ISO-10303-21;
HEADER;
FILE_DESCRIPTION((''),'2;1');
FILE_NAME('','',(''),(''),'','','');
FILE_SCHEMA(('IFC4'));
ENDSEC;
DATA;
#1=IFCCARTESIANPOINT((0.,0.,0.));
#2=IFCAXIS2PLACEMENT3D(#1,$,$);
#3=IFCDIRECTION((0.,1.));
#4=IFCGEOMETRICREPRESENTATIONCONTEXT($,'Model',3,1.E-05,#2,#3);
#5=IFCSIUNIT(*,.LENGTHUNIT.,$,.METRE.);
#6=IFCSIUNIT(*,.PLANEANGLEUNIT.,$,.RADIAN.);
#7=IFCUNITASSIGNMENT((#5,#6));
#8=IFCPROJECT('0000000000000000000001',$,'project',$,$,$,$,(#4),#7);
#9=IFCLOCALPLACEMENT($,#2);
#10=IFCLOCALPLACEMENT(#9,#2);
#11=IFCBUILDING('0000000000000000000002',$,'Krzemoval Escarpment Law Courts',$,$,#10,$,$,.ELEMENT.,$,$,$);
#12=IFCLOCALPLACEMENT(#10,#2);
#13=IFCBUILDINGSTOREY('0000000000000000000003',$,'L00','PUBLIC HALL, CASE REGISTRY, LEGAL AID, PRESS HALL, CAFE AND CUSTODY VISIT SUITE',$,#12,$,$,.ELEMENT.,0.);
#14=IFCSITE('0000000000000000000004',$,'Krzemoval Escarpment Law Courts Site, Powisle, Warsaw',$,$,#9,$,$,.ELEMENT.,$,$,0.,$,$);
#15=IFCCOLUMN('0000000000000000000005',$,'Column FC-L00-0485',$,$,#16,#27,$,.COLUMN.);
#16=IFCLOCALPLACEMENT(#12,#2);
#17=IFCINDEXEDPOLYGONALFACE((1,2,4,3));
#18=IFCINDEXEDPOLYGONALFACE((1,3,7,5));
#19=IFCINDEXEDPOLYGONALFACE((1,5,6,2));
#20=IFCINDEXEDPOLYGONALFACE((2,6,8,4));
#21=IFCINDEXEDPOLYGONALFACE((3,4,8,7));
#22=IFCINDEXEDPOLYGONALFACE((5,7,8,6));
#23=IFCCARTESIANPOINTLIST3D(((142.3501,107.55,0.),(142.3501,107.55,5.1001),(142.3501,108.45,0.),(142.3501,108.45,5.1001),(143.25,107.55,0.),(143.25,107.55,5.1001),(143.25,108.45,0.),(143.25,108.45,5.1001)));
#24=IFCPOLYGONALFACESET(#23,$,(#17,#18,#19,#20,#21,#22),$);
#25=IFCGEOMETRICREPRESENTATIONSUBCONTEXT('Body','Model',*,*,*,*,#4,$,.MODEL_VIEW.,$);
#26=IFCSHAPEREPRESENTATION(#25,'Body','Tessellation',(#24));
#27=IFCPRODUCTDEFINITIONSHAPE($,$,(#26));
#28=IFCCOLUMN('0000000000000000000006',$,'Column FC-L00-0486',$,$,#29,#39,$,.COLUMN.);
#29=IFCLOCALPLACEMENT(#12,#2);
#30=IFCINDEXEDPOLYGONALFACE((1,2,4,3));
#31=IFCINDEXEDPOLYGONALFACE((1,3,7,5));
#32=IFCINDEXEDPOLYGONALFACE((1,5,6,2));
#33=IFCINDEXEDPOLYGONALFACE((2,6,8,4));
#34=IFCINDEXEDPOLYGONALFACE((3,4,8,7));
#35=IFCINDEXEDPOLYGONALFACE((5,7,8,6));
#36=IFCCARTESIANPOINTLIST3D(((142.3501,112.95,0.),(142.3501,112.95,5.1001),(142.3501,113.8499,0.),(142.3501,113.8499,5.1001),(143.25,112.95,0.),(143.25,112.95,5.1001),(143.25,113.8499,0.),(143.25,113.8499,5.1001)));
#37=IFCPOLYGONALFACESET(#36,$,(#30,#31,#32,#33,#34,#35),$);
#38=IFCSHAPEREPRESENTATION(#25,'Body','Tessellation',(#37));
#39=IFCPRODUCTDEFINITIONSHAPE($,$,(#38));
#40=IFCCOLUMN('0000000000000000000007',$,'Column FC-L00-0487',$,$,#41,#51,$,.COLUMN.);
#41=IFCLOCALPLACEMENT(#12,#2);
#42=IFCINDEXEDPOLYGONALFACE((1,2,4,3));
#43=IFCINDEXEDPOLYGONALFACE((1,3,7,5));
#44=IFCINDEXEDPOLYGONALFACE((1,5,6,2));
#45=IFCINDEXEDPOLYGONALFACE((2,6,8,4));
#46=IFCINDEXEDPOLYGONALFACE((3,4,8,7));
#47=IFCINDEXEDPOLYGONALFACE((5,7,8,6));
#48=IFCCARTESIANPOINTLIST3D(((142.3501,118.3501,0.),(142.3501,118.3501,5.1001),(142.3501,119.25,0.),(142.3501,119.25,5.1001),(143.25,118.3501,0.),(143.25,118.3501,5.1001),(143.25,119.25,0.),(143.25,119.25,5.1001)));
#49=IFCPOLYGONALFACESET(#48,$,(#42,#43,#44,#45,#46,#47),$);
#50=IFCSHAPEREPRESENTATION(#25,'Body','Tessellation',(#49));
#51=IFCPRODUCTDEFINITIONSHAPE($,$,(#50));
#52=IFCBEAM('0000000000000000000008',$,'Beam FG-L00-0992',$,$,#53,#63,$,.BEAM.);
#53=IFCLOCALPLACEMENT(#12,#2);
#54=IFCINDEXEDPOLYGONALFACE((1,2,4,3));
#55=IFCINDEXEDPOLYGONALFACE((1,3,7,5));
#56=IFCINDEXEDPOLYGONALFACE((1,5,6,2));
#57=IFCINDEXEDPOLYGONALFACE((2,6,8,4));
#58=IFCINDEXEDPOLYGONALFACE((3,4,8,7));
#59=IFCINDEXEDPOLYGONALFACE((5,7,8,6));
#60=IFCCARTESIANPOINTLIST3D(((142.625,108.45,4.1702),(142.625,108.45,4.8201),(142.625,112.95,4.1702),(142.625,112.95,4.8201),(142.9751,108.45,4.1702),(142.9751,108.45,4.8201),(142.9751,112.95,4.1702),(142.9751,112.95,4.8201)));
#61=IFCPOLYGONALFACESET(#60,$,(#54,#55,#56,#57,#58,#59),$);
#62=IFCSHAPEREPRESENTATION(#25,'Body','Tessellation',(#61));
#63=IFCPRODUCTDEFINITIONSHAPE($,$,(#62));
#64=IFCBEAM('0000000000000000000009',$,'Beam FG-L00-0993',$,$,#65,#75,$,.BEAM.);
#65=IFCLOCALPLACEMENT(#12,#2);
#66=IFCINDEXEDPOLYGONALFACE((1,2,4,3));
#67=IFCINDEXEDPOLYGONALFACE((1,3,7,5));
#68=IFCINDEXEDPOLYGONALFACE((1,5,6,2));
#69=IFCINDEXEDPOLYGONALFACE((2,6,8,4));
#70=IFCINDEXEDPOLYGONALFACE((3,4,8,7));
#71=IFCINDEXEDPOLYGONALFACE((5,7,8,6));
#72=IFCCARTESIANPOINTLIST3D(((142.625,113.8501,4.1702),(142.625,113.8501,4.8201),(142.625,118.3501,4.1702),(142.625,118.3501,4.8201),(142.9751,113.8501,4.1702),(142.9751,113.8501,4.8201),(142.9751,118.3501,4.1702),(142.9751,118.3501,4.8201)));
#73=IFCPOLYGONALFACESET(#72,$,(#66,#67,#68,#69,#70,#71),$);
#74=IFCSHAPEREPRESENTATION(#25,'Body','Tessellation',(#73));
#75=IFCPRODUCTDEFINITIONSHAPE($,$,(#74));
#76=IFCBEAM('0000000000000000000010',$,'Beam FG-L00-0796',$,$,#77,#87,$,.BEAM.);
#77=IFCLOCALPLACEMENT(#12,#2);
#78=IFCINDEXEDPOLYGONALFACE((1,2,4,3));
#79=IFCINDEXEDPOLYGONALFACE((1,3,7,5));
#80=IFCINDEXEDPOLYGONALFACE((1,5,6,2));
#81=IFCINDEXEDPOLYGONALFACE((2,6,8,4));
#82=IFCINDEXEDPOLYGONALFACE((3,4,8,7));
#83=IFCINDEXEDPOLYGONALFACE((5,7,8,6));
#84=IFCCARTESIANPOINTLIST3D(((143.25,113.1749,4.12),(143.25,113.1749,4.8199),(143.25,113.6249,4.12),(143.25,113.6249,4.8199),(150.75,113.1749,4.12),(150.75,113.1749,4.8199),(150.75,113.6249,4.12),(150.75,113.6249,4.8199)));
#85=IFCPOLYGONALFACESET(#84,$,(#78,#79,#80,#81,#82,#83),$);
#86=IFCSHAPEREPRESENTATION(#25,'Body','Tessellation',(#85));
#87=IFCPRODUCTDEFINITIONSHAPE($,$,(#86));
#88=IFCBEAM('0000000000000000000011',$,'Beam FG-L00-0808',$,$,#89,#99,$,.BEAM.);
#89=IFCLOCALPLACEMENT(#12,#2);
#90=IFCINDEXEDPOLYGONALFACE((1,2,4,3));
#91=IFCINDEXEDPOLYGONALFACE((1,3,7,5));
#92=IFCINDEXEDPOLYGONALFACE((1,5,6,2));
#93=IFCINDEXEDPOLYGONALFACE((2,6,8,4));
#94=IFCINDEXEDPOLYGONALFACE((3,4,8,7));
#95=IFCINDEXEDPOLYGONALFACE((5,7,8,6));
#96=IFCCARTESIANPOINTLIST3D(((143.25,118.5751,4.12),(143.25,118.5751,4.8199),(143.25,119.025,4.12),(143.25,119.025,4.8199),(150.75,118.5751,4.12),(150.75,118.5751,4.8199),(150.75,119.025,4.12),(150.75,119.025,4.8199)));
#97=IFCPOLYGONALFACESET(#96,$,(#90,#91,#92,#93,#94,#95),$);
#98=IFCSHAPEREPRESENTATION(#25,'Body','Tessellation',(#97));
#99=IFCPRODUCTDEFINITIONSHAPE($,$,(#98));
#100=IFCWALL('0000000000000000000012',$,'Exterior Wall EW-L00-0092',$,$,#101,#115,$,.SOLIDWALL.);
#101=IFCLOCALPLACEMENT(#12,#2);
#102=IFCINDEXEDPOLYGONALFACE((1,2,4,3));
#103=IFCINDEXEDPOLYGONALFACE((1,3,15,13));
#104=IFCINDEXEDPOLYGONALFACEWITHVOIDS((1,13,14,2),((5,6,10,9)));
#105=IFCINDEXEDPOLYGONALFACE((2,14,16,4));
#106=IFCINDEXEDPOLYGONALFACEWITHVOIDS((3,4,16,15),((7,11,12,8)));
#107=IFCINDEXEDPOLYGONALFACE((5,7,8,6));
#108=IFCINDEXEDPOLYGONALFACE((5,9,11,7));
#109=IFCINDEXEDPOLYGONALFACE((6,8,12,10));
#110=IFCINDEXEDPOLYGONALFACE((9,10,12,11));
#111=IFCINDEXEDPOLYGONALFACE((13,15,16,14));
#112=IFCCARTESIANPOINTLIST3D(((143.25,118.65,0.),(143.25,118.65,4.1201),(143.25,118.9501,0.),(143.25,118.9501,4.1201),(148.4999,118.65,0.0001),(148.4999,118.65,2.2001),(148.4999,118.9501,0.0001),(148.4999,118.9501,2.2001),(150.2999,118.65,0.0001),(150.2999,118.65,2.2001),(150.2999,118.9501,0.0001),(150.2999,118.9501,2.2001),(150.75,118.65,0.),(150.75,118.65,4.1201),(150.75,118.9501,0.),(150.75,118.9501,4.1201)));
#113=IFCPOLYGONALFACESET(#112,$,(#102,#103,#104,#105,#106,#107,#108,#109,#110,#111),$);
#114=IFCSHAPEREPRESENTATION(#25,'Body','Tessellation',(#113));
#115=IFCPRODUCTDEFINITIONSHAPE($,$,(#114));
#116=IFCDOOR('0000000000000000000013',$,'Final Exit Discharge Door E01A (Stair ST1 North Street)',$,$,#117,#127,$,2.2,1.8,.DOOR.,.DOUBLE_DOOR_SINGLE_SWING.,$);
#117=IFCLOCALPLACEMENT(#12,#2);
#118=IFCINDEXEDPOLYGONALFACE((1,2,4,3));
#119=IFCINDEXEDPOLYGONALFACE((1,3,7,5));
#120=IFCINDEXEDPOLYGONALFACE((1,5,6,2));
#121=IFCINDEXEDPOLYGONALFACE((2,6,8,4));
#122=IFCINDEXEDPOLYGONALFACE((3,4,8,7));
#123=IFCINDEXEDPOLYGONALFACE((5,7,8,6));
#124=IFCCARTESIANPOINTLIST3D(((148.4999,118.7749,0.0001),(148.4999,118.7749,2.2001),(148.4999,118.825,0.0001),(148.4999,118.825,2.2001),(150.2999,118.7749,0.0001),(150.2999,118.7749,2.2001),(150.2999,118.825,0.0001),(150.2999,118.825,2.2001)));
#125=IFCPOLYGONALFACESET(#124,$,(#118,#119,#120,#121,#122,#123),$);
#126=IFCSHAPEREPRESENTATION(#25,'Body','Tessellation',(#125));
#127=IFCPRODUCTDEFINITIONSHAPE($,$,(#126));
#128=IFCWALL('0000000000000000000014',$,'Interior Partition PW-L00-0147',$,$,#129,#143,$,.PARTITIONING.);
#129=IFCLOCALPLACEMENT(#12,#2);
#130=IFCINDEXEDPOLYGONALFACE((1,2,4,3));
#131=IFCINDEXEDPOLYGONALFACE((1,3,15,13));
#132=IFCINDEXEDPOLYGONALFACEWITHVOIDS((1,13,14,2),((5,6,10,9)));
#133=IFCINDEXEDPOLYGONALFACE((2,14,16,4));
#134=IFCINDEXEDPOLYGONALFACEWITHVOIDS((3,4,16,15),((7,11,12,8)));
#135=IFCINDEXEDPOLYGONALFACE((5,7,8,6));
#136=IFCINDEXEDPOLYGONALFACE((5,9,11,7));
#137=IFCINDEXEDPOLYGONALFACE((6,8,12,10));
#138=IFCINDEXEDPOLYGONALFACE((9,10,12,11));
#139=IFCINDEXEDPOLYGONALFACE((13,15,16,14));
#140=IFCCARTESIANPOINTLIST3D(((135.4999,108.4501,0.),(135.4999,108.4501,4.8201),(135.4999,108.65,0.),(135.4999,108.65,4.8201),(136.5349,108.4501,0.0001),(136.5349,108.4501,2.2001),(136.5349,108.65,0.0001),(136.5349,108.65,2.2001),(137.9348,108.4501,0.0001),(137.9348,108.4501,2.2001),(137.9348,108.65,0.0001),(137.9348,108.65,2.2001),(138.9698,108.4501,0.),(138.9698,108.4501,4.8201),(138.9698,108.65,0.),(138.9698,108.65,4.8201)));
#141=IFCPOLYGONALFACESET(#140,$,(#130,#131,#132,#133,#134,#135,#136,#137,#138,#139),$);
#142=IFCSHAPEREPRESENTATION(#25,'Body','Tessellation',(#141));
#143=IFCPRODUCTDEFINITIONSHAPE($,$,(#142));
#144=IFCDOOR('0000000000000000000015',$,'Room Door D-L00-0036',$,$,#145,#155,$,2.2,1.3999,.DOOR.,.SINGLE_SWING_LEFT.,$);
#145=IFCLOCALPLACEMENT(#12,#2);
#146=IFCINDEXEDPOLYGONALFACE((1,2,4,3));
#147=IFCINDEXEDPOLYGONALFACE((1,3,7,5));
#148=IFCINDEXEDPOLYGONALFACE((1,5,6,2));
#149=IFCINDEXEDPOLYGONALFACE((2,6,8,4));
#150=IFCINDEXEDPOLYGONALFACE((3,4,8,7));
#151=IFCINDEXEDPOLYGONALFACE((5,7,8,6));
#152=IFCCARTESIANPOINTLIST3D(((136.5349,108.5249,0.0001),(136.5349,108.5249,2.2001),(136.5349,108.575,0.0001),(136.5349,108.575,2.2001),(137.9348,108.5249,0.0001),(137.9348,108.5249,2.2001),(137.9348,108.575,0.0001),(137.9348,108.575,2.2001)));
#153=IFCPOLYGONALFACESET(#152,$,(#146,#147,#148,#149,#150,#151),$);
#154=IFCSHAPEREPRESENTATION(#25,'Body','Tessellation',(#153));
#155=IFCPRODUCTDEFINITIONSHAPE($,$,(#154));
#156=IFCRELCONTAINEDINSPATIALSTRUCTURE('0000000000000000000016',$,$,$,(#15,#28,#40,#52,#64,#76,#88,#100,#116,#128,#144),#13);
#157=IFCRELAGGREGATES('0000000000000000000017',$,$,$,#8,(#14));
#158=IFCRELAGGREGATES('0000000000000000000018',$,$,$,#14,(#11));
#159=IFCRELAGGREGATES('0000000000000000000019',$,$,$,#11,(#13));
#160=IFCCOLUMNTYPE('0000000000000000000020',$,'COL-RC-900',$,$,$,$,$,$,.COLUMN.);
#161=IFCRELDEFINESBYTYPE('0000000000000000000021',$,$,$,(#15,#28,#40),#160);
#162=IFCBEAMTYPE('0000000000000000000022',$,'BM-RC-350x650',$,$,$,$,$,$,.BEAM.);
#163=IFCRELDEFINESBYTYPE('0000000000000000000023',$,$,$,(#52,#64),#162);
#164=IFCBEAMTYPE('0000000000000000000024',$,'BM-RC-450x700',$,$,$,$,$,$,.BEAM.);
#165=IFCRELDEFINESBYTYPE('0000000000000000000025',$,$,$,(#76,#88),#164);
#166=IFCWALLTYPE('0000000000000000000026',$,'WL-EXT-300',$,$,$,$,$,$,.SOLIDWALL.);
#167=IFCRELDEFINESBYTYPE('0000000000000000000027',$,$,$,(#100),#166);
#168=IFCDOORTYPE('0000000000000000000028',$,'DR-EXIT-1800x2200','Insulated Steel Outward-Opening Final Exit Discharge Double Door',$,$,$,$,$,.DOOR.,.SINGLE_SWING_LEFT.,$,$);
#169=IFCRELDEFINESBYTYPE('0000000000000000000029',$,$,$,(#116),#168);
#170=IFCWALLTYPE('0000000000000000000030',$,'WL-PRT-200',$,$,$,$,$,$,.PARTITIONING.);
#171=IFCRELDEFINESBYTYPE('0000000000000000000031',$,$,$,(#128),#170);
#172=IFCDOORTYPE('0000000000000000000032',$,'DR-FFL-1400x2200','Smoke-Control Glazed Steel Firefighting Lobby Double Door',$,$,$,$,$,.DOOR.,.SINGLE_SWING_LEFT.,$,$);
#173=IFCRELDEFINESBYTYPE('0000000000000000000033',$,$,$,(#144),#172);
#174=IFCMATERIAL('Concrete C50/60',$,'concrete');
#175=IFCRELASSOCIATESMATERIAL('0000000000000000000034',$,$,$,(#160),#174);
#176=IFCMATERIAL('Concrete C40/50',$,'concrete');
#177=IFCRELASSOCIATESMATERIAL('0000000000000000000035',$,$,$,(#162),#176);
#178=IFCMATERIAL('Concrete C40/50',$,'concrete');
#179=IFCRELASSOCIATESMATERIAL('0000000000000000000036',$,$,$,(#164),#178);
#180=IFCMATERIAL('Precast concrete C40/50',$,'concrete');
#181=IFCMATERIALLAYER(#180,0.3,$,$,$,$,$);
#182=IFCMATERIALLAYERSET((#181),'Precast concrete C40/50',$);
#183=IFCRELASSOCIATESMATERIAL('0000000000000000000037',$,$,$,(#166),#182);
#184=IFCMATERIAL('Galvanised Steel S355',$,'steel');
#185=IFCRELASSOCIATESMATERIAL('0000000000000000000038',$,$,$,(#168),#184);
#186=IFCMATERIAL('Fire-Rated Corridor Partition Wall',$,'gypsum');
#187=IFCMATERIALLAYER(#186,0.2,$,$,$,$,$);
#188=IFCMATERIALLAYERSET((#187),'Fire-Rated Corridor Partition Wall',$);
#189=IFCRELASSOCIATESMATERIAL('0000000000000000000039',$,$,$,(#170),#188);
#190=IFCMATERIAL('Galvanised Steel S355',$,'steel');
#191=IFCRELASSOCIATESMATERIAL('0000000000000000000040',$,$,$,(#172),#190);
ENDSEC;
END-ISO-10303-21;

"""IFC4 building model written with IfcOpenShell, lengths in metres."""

from ifc_helpers import new_model, si_unit, direction, frame, frame_2d, origin, origin_2d, place, context, subcontext, project, spatial, rectangle, extrude, material, layer, layer_set, material_profile, profile_set, type_object, element, fill, save


model = new_model("IFC4")

# Units and contexts
model_context = context("Model", 3, precision=1e-05, world=origin(), true_north=direction((0.0, 1.0)))
body_context = subcontext(model_context, "Body", "Model", "MODEL_VIEW")
ifc_project = project(units=[si_unit("LENGTHUNIT", "METRE"), si_unit("PLANEANGLEUNIT", "RADIAN")], contexts=[model_context])

# Site, building, storey
site_placement = place(None, origin())
site = spatial("IfcSite", under=ifc_project, at=site_placement, Name="Krzemoval Escarpment Law Courts Site, Powisle, Warsaw", CompositionType="ELEMENT", RefElevation=0.0)
building_placement = place(site_placement, origin())
building = spatial("IfcBuilding", under=site, at=building_placement, Name="Krzemoval Escarpment Law Courts", CompositionType="ELEMENT")
storey_placement = place(building_placement, origin())
storey = spatial("IfcBuildingStorey", under=building, at=storey_placement, Name="L00", Description="PUBLIC HALL, CASE REGISTRY, LEGAL AID, PRESS HALL, CAFE AND CUSTODY VISIT SUITE", CompositionType="ELEMENT", Elevation=0.0)

# Columns
ifc_material_1 = material(Name="Concrete C50/60", Category="concrete")
ifc_material_profile_1 = material_profile(ifc_material_1, rectangle(XDim=0.8999, YDim=0.8999, at=origin_2d()), Name="RC 900x900")
ifc_profile_set_1 = profile_set([ifc_material_profile_1], Name="Concrete C50/60")
column_type = type_object("IfcColumnType", Name="COL-RC-900", PredefinedType="COLUMN", material=ifc_profile_set_1)
for number, where, z_axis, x_axis, name in (
    (1, (142.8, 108.0, 0.0), (0.0, 0.0, 1.0), (1.0, 0.0, 0.0), "Column FC-L00-0485"),
    (2, (142.8, 113.3999, 0.0), (0.0, 0.0, 1.0), (1.0, 0.0, 0.0), "Column FC-L00-0486"),
    (3, (142.8, 118.8, 0.0), (0.0, 0.0, 1.0), (1.0, 0.0, 0.0), "Column FC-L00-0487"),
):
    element("IfcColumn", number, at=place(storey_placement, frame(where, z_axis=z_axis, x_axis=x_axis)), inside=storey, type_object=column_type, Name=name, PredefinedType="COLUMN", context=body_context, shape_type="SweptSolid", body=[
        extrude(rectangle(XDim=0.8999, YDim=0.8999, at=origin_2d()), origin(), (0.0, 0.0, 1.0), 5.1001),
    ])

# Beams
ifc_material_2 = material(Name="Concrete C40/50", Category="concrete")
ifc_material_profile_2 = material_profile(ifc_material_2, rectangle(XDim=0.3501, YDim=0.6499, at=origin_2d()), Name="RCB 350x650")
ifc_profile_set_2 = profile_set([ifc_material_profile_2], Name="Concrete C40/50")
beam_type_1 = type_object("IfcBeamType", Name="BM-RC-350x650", PredefinedType="BEAM", material=ifc_profile_set_2)
for number, where, z_axis, x_axis, name in (
    (4, (142.8, 108.45, 4.4951), (0.0, 1.0, 0.0), (-1.0, 0.0, 0.0), "Beam FG-L00-0992"),
    (5, (142.8, 113.8501, 4.4951), (0.0, 1.0, 0.0), (-1.0, 0.0, 0.0), "Beam FG-L00-0993"),
):
    element("IfcBeam", number, at=place(storey_placement, frame(where, z_axis=z_axis, x_axis=x_axis)), inside=storey, type_object=beam_type_1, Name=name, PredefinedType="BEAM", context=body_context, shape_type="SweptSolid", body=[
        extrude(rectangle(XDim=0.3501, YDim=0.6499, at=origin_2d()), origin(), (0.0, 0.0, 1.0), 4.5),
    ])
ifc_material_3 = material(Name="Concrete C40/50", Category="concrete")
ifc_material_profile_3 = material_profile(ifc_material_3, rectangle(XDim=0.45, YDim=0.7, at=origin_2d()), Name="RCB 450x700")
ifc_profile_set_3 = profile_set([ifc_material_profile_3], Name="Concrete C40/50")
beam_type_2 = type_object("IfcBeamType", Name="BM-RC-450x700", PredefinedType="BEAM", material=ifc_profile_set_3)
for number, where, z_axis, x_axis, name in (
    (6, (143.25, 113.3999, 4.47), (1.0, 0.0, 0.0), (0.0, 1.0, 0.0), "Beam FG-L00-0796"),
    (7, (143.25, 118.8, 4.47), (1.0, 0.0, 0.0), (0.0, 1.0, 0.0), "Beam FG-L00-0808"),
):
    element("IfcBeam", number, at=place(storey_placement, frame(where, z_axis=z_axis, x_axis=x_axis)), inside=storey, type_object=beam_type_2, Name=name, PredefinedType="BEAM", context=body_context, shape_type="SweptSolid", body=[
        extrude(rectangle(XDim=0.45, YDim=0.7, at=origin_2d()), origin(), (0.0, 0.0, 1.0), 7.5),
    ])

# Walls, openings, doors
ifc_material_4 = material(Name="Precast concrete C40/50", Category="concrete")
ifc_layer_1 = layer(ifc_material_4, 0.3)
ifc_layer_set_1 = layer_set([ifc_layer_1], Name="Precast concrete C40/50")
wall_type_1 = type_object("IfcWallType", Name="WL-EXT-300", PredefinedType="SOLIDWALL", material=ifc_layer_set_1)
wall_1_placement = place(storey_placement, frame((143.25, 118.8, 0.0), z_axis=(0.0, 0.0, 1.0), x_axis=(1.0, 0.0, 0.0)))
wall_1 = element("IfcWall", 8, at=wall_1_placement, inside=storey, type_object=wall_type_1, Name="Exterior Wall EW-L00-0092", PredefinedType="SOLIDWALL", context=body_context, shape_type="SweptSolid", body=[
    extrude(rectangle(XDim=7.5, YDim=0.3, at=frame_2d((3.75, 0.0))), origin(), (0.0, 0.0, 1.0), 4.1201),
])
opening_1_placement = place(wall_1_placement, frame((5.25, 0.0, 0.0)))
opening_1 = element("IfcOpeningElement", 9, at=opening_1_placement, cuts=wall_1, PredefinedType="OPENING", context=body_context, shape_type="SweptSolid", body=[
    extrude(rectangle(XDim=1.8, YDim=2.2, at=frame_2d((0.8999, 1.1001))), frame((0.0, 0.165, 0.0), z_axis=(0.0, -1.0, 0.0), x_axis=(1.0, 0.0, 0.0)), (0.0, 0.0, 1.0), 0.3301),
])
ifc_material_5 = material(Name="Galvanised Steel S355", Category="steel")
door_type_1 = type_object("IfcDoorType", Name="DR-EXIT-1800x2200", Description="Insulated Steel Outward-Opening Final Exit Discharge Double Door", OperationType="SINGLE_SWING_LEFT", PredefinedType="DOOR", material=ifc_material_5)
door_1_placement = place(opening_1_placement, origin())
door_1 = element("IfcDoor", 10, at=door_1_placement, inside=storey, type_object=door_type_1, Name="Final Exit Discharge Door E01A (Stair ST1 North Street)", OperationType="DOUBLE_DOOR_SINGLE_SWING", OverallHeight=2.2, OverallWidth=1.8, PredefinedType="DOOR", context=body_context, shape_type="SweptSolid", body=[
    extrude(rectangle(XDim=1.8, YDim=2.2, at=frame_2d((0.8999, 1.1001))), frame((0.0, 0.0249, 0.0), z_axis=(0.0, -1.0, 0.0), x_axis=(1.0, 0.0, 0.0)), (0.0, 0.0, 1.0), 0.05),
])
fill(opening_1, door_1)
ifc_material_6 = material(Name="Fire-Rated Corridor Partition Wall", Category="gypsum")
ifc_layer_2 = layer(ifc_material_6, 0.2)
ifc_layer_set_2 = layer_set([ifc_layer_2], Name="Fire-Rated Corridor Partition Wall")
wall_type_2 = type_object("IfcWallType", Name="WL-PRT-200", PredefinedType="PARTITIONING", material=ifc_layer_set_2)
wall_2_placement = place(storey_placement, frame((135.5, 108.55, 0.0), z_axis=(0.0, 0.0, 1.0), x_axis=(1.0, 0.0, 0.0)))
wall_2 = element("IfcWall", 11, at=wall_2_placement, inside=storey, type_object=wall_type_2, Name="Interior Partition PW-L00-0147", PredefinedType="PARTITIONING", context=body_context, shape_type="SweptSolid", body=[
    extrude(rectangle(XDim=3.47, YDim=0.2, at=frame_2d((1.7349, 0.0))), origin(), (0.0, 0.0, 1.0), 4.8201),
])
opening_2_placement = place(wall_2_placement, frame((1.0349, 0.0, 0.0)))
opening_2 = element("IfcOpeningElement", 12, at=opening_2_placement, cuts=wall_2, PredefinedType="OPENING", context=body_context, shape_type="SweptSolid", body=[
    extrude(rectangle(XDim=1.3999, YDim=2.2, at=frame_2d((0.7, 1.1001))), frame((0.0, 0.115, 0.0), z_axis=(0.0, -1.0, 0.0), x_axis=(1.0, 0.0, 0.0)), (0.0, 0.0, 1.0), 0.2299),
])
ifc_material_7 = material(Name="Galvanised Steel S355", Category="steel")
door_type_2 = type_object("IfcDoorType", Name="DR-FFL-1400x2200", Description="Smoke-Control Glazed Steel Firefighting Lobby Double Door", OperationType="SINGLE_SWING_LEFT", PredefinedType="DOOR", material=ifc_material_7)
door_2_placement = place(opening_2_placement, origin())
door_2 = element("IfcDoor", 13, at=door_2_placement, inside=storey, type_object=door_type_2, Name="Room Door D-L00-0036", OperationType="SINGLE_SWING_LEFT", OverallHeight=2.2, OverallWidth=1.3999, PredefinedType="DOOR", context=body_context, shape_type="SweptSolid", body=[
    extrude(rectangle(XDim=1.3999, YDim=2.2, at=frame_2d((0.7, 1.1001))), frame((0.0, 0.0249, 0.0), z_axis=(0.0, -1.0, 0.0), x_axis=(1.0, 0.0, 0.0)), (0.0, 0.0, 1.0), 0.05),
])
fill(opening_2, door_2)

save(model, "model.ifc")
